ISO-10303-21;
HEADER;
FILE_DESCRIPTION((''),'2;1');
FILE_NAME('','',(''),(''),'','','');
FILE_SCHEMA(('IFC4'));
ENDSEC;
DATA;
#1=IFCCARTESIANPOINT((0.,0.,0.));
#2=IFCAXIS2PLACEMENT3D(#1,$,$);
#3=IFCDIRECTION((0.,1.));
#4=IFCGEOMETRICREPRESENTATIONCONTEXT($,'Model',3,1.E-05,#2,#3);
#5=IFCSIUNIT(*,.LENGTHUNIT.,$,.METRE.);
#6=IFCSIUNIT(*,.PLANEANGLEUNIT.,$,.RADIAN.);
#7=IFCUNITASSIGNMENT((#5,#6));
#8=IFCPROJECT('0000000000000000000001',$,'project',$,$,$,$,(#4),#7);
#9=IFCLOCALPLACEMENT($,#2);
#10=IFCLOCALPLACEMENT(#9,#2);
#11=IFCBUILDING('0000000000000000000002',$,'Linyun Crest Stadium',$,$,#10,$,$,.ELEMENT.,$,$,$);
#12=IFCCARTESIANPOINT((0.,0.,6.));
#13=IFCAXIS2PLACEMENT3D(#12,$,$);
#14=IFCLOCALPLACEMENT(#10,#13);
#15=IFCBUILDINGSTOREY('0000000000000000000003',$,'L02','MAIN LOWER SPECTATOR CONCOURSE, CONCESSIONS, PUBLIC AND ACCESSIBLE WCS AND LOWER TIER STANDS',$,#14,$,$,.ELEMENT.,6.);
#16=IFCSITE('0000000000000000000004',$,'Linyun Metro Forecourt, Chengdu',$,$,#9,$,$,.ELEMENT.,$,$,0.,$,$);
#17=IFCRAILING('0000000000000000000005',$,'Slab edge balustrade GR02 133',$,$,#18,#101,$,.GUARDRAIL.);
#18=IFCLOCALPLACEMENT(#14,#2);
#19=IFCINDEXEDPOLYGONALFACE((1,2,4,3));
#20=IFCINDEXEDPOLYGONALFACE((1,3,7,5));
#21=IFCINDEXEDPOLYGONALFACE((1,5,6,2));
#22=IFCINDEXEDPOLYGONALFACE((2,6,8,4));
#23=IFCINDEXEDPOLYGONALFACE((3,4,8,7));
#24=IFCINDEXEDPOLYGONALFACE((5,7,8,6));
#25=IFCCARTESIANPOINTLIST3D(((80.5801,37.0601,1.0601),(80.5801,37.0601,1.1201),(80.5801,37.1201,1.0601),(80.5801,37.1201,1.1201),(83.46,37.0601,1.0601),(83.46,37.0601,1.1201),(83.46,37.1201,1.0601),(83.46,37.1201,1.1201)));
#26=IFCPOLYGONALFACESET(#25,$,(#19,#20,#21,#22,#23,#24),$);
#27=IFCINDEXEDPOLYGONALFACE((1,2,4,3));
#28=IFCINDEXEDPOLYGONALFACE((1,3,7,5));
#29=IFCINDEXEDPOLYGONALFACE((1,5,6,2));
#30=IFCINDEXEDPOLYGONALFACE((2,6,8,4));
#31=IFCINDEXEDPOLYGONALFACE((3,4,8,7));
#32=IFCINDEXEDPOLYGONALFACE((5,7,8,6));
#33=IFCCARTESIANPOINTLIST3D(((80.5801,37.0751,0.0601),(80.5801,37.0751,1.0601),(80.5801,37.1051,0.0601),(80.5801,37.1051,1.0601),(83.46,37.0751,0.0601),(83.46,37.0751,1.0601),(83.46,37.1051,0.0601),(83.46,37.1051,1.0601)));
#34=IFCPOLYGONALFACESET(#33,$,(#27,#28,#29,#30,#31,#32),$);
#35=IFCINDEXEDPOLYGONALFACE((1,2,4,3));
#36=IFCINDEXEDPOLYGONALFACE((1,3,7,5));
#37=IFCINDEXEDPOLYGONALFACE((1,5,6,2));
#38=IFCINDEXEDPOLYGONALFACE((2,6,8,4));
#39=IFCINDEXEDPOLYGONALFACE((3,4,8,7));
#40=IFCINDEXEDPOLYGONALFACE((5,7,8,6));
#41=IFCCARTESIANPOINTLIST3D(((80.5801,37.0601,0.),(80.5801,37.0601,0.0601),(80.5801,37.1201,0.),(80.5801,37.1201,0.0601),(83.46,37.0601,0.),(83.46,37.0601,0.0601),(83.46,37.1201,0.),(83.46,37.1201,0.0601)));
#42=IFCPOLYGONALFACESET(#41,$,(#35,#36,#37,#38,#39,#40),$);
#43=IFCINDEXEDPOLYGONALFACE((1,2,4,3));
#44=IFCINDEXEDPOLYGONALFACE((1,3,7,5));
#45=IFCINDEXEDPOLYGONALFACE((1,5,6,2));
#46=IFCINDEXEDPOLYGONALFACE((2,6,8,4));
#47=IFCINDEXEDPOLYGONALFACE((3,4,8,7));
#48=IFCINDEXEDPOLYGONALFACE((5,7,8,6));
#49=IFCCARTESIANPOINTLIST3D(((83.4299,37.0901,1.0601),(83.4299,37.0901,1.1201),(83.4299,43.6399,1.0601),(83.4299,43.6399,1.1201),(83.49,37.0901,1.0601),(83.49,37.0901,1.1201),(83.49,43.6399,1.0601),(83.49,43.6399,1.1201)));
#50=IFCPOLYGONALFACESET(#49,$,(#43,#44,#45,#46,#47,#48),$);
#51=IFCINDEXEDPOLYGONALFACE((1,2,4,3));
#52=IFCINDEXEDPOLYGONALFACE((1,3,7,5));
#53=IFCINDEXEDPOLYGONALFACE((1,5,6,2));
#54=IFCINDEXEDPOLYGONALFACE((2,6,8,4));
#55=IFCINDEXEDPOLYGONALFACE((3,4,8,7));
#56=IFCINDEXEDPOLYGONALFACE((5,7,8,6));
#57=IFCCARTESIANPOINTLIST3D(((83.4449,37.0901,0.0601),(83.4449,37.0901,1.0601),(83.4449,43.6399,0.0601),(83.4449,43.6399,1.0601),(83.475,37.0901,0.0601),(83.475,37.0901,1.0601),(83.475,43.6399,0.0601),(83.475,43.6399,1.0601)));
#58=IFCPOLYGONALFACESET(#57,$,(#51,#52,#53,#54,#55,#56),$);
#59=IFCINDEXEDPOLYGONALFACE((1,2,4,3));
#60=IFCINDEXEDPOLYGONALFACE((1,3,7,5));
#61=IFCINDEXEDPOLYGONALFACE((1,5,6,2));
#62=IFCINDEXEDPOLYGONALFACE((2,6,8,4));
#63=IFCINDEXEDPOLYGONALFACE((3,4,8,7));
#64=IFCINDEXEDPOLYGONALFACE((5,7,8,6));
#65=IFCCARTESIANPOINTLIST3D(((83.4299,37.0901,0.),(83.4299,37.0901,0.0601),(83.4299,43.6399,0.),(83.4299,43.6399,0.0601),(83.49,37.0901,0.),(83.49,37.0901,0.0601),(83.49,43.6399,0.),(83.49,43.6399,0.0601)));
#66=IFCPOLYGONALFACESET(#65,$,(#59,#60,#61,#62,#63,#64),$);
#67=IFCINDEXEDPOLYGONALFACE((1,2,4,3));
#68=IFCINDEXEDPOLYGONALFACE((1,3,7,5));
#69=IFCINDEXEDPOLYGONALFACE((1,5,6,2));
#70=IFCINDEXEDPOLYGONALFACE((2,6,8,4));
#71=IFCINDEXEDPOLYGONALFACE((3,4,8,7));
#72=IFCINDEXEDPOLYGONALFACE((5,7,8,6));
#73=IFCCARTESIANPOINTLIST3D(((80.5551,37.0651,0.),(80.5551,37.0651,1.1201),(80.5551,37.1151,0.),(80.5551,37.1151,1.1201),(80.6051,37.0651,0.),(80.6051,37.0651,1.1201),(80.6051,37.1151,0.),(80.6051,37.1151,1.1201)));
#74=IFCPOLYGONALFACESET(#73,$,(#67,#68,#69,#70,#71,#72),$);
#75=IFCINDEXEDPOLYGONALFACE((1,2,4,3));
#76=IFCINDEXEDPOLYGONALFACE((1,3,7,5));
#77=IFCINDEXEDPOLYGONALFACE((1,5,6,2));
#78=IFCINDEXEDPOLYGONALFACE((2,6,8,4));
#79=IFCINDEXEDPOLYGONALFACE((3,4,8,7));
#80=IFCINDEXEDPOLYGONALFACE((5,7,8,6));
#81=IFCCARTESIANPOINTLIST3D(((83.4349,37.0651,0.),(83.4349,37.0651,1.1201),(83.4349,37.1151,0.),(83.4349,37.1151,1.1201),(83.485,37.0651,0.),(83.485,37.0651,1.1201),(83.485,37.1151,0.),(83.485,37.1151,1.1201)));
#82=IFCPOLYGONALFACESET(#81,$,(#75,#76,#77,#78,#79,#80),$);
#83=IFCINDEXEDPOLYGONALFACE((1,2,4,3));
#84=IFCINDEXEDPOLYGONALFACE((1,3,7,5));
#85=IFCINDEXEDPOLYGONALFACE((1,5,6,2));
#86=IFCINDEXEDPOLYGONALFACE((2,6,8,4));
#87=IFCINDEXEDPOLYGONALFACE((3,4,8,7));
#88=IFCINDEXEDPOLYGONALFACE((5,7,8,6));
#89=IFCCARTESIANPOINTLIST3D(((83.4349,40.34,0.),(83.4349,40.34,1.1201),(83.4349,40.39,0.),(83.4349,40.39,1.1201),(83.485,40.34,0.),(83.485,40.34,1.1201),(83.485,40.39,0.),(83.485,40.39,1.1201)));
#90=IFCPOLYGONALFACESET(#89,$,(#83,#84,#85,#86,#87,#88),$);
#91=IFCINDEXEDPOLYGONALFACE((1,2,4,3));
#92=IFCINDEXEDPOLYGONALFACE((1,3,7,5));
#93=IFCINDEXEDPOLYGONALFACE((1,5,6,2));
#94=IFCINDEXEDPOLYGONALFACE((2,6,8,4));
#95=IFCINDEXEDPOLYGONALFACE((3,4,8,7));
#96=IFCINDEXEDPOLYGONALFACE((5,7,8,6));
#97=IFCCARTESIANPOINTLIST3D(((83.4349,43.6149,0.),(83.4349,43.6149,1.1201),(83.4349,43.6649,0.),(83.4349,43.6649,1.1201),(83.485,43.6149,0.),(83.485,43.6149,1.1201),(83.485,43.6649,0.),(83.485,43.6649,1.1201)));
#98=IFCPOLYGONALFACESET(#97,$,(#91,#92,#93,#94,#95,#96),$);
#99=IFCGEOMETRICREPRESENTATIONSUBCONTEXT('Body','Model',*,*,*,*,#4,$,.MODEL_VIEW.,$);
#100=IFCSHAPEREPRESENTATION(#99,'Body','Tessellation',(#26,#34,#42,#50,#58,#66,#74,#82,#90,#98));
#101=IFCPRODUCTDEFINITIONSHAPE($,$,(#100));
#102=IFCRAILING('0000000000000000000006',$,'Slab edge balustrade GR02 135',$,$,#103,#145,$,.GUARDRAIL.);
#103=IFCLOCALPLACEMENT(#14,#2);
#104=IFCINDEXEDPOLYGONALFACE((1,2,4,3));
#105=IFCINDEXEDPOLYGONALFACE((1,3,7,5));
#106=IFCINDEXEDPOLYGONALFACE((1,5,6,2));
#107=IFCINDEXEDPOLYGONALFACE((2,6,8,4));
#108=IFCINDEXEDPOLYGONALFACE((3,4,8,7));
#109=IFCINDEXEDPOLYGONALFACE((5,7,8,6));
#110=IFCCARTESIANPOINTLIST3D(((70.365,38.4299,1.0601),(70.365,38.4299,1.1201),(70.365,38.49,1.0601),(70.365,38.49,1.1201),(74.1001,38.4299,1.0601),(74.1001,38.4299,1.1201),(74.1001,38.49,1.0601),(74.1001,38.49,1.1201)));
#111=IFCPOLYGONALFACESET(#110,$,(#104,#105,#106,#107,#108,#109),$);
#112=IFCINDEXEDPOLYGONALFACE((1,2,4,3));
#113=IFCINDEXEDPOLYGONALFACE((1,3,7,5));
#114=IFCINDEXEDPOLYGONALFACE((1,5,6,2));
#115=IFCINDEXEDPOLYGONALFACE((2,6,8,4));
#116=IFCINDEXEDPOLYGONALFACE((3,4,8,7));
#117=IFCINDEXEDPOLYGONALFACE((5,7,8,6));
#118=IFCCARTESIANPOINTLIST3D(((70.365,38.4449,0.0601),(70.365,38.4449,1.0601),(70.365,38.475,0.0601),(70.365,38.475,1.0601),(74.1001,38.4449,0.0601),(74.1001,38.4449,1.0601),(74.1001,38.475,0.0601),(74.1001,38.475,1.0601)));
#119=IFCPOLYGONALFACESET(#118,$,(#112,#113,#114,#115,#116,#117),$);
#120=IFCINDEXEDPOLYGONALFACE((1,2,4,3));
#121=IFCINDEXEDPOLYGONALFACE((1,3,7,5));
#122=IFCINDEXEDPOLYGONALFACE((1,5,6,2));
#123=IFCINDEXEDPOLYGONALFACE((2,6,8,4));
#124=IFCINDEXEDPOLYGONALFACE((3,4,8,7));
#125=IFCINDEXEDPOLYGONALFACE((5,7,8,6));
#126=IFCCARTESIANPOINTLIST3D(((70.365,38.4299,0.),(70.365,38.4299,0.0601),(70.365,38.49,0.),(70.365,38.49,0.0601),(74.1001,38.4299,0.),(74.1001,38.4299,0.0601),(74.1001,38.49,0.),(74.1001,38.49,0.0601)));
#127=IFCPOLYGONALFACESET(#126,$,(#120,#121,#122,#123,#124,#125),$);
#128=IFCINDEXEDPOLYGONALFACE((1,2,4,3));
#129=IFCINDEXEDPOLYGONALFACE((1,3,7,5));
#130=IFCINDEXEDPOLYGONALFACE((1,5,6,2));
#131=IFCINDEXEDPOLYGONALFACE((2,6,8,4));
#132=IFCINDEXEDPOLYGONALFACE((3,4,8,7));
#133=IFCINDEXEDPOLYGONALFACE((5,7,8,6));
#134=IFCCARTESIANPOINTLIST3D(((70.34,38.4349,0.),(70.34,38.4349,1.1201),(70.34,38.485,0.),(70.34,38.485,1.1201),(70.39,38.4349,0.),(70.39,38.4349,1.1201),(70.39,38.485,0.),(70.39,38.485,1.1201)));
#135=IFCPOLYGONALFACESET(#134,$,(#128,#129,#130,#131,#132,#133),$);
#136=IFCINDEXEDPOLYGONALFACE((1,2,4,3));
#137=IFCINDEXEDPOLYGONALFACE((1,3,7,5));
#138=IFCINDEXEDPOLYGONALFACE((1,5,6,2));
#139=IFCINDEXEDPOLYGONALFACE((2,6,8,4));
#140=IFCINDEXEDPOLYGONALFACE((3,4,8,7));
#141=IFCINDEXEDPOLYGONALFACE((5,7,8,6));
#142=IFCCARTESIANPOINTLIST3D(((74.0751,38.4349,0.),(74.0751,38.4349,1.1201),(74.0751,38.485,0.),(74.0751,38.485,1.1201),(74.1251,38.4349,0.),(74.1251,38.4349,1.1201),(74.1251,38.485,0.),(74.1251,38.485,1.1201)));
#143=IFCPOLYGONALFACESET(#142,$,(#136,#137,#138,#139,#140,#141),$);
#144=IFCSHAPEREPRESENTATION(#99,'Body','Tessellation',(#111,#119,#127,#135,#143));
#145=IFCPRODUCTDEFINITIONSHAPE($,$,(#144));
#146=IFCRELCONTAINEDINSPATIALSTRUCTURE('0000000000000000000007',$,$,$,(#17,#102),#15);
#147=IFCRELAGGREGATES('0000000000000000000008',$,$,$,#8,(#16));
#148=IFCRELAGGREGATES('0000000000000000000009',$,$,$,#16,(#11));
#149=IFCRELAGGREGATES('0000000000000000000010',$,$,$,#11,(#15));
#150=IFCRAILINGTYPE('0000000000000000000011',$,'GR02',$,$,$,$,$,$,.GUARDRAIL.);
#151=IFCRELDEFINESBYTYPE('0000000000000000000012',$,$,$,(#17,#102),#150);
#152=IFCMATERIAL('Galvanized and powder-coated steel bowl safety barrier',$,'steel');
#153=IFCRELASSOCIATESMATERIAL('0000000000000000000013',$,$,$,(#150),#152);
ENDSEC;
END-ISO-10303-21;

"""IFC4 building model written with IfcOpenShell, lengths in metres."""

from ifc_helpers import new_model, si_unit, direction, frame, origin, origin_2d, place, context, subcontext, project, spatial, rectangle, extrude, material, type_object, element, save


model = new_model("IFC4")

# Units and contexts
model_context = context("Model", 3, precision=1e-05, world=origin(), true_north=direction((0.0, 1.0)))
body_context = subcontext(model_context, "Body", "Model", "MODEL_VIEW")
ifc_project = project(units=[si_unit("LENGTHUNIT", "METRE"), si_unit("PLANEANGLEUNIT", "RADIAN")], contexts=[model_context])

# Site, building, storey
site_placement = place(None, origin())
site = spatial("IfcSite", under=ifc_project, at=site_placement, Name="Linyun Metro Forecourt, Chengdu", CompositionType="ELEMENT", RefElevation=0.0)
building_placement = place(site_placement, origin())
building = spatial("IfcBuilding", under=site, at=building_placement, Name="Linyun Crest Stadium", CompositionType="ELEMENT")
storey_placement = place(building_placement, frame((0.0, 0.0, 6.0)))
storey = spatial("IfcBuildingStorey", under=building, at=storey_placement, Name="L02", Description="MAIN LOWER SPECTATOR CONCOURSE, CONCESSIONS, PUBLIC AND ACCESSIBLE WCS AND LOWER TIER STANDS", CompositionType="ELEMENT", Elevation=6.0)

# Railings
ifc_material_1 = material(Name="Galvanized and powder-coated steel bowl safety barrier", Category="steel")
railing_type_1 = type_object("IfcRailingType", Name="GR02", PredefinedType="GUARDRAIL", material=ifc_material_1)
railing_1_placement = place(storey_placement, frame((80.5801, 37.0901, 0.0)))
element("IfcRailing", 1, at=railing_1_placement, inside=storey, type_object=railing_type_1, Name="Slab edge balustrade GR02 133", PredefinedType="GUARDRAIL", context=body_context, shape_type="SweptSolid", body=[
    extrude(rectangle(XDim=0.0601, YDim=0.0601, at=origin_2d()), frame((0.0, 0.0, 1.0901), z_axis=(1.0, 0.0, 0.0), x_axis=(0.0, 1.0, 0.0)), (0.0, 0.0, 1.0), 2.8799),
    extrude(rectangle(XDim=0.03, YDim=1.0, at=origin_2d()), frame((0.0, 0.0, 0.5601), z_axis=(1.0, 0.0, 0.0), x_axis=(0.0, 1.0, 0.0)), (0.0, 0.0, 1.0), 2.8799),
    extrude(rectangle(XDim=0.0601, YDim=0.0601, at=origin_2d()), frame((0.0, 0.0, 0.03), z_axis=(1.0, 0.0, 0.0), x_axis=(0.0, 1.0, 0.0)), (0.0, 0.0, 1.0), 2.8799),
    extrude(rectangle(XDim=0.0601, YDim=0.0601, at=origin_2d()), frame((2.8799, 0.0, 1.0901), z_axis=(0.0, 1.0, 0.0), x_axis=(-1.0, 0.0, 0.0)), (0.0, 0.0, 1.0), 6.5498),
    extrude(rectangle(XDim=0.03, YDim=1.0, at=origin_2d()), frame((2.8799, 0.0, 0.5601), z_axis=(0.0, 1.0, 0.0), x_axis=(-1.0, 0.0, 0.0)), (0.0, 0.0, 1.0), 6.5498),
    extrude(rectangle(XDim=0.0601, YDim=0.0601, at=origin_2d()), frame((2.8799, 0.0, 0.03), z_axis=(0.0, 1.0, 0.0), x_axis=(-1.0, 0.0, 0.0)), (0.0, 0.0, 1.0), 6.5498),
    extrude(rectangle(XDim=0.05, YDim=0.05, at=origin_2d()), origin(), (0.0, 0.0, 1.0), 1.1201),
    extrude(rectangle(XDim=0.05, YDim=0.05, at=origin_2d()), frame((2.8799, 0.0, 0.0)), (0.0, 0.0, 1.0), 1.1201),
    extrude(rectangle(XDim=0.05, YDim=0.05, at=origin_2d()), frame((2.8799, 3.2749, 0.0)), (0.0, 0.0, 1.0), 1.1201),
    extrude(rectangle(XDim=0.05, YDim=0.05, at=origin_2d()), frame((2.8799, 6.5498, 0.0)), (0.0, 0.0, 1.0), 1.1201),
])
railing_2_placement = place(storey_placement, frame((70.365, 38.46, 0.0)))
element("IfcRailing", 2, at=railing_2_placement, inside=storey, type_object=railing_type_1, Name="Slab edge balustrade GR02 135", PredefinedType="GUARDRAIL", context=body_context, shape_type="SweptSolid", body=[
    extrude(rectangle(XDim=0.0601, YDim=0.0601, at=origin_2d()), frame((0.0, 0.0, 1.0901), z_axis=(1.0, 0.0, 0.0), x_axis=(0.0, 1.0, 0.0)), (0.0, 0.0, 1.0), 3.7351),
    extrude(rectangle(XDim=0.03, YDim=1.0, at=origin_2d()), frame((0.0, 0.0, 0.5601), z_axis=(1.0, 0.0, 0.0), x_axis=(0.0, 1.0, 0.0)), (0.0, 0.0, 1.0), 3.7351),
    extrude(rectangle(XDim=0.0601, YDim=0.0601, at=origin_2d()), frame((0.0, 0.0, 0.03), z_axis=(1.0, 0.0, 0.0), x_axis=(0.0, 1.0, 0.0)), (0.0, 0.0, 1.0), 3.7351),
    extrude(rectangle(XDim=0.05, YDim=0.05, at=origin_2d()), origin(), (0.0, 0.0, 1.0), 1.1201),
    extrude(rectangle(XDim=0.05, YDim=0.05, at=origin_2d()), frame((3.7351, 0.0, 0.0)), (0.0, 0.0, 1.0), 1.1201),
])

save(model, "model.ifc")
